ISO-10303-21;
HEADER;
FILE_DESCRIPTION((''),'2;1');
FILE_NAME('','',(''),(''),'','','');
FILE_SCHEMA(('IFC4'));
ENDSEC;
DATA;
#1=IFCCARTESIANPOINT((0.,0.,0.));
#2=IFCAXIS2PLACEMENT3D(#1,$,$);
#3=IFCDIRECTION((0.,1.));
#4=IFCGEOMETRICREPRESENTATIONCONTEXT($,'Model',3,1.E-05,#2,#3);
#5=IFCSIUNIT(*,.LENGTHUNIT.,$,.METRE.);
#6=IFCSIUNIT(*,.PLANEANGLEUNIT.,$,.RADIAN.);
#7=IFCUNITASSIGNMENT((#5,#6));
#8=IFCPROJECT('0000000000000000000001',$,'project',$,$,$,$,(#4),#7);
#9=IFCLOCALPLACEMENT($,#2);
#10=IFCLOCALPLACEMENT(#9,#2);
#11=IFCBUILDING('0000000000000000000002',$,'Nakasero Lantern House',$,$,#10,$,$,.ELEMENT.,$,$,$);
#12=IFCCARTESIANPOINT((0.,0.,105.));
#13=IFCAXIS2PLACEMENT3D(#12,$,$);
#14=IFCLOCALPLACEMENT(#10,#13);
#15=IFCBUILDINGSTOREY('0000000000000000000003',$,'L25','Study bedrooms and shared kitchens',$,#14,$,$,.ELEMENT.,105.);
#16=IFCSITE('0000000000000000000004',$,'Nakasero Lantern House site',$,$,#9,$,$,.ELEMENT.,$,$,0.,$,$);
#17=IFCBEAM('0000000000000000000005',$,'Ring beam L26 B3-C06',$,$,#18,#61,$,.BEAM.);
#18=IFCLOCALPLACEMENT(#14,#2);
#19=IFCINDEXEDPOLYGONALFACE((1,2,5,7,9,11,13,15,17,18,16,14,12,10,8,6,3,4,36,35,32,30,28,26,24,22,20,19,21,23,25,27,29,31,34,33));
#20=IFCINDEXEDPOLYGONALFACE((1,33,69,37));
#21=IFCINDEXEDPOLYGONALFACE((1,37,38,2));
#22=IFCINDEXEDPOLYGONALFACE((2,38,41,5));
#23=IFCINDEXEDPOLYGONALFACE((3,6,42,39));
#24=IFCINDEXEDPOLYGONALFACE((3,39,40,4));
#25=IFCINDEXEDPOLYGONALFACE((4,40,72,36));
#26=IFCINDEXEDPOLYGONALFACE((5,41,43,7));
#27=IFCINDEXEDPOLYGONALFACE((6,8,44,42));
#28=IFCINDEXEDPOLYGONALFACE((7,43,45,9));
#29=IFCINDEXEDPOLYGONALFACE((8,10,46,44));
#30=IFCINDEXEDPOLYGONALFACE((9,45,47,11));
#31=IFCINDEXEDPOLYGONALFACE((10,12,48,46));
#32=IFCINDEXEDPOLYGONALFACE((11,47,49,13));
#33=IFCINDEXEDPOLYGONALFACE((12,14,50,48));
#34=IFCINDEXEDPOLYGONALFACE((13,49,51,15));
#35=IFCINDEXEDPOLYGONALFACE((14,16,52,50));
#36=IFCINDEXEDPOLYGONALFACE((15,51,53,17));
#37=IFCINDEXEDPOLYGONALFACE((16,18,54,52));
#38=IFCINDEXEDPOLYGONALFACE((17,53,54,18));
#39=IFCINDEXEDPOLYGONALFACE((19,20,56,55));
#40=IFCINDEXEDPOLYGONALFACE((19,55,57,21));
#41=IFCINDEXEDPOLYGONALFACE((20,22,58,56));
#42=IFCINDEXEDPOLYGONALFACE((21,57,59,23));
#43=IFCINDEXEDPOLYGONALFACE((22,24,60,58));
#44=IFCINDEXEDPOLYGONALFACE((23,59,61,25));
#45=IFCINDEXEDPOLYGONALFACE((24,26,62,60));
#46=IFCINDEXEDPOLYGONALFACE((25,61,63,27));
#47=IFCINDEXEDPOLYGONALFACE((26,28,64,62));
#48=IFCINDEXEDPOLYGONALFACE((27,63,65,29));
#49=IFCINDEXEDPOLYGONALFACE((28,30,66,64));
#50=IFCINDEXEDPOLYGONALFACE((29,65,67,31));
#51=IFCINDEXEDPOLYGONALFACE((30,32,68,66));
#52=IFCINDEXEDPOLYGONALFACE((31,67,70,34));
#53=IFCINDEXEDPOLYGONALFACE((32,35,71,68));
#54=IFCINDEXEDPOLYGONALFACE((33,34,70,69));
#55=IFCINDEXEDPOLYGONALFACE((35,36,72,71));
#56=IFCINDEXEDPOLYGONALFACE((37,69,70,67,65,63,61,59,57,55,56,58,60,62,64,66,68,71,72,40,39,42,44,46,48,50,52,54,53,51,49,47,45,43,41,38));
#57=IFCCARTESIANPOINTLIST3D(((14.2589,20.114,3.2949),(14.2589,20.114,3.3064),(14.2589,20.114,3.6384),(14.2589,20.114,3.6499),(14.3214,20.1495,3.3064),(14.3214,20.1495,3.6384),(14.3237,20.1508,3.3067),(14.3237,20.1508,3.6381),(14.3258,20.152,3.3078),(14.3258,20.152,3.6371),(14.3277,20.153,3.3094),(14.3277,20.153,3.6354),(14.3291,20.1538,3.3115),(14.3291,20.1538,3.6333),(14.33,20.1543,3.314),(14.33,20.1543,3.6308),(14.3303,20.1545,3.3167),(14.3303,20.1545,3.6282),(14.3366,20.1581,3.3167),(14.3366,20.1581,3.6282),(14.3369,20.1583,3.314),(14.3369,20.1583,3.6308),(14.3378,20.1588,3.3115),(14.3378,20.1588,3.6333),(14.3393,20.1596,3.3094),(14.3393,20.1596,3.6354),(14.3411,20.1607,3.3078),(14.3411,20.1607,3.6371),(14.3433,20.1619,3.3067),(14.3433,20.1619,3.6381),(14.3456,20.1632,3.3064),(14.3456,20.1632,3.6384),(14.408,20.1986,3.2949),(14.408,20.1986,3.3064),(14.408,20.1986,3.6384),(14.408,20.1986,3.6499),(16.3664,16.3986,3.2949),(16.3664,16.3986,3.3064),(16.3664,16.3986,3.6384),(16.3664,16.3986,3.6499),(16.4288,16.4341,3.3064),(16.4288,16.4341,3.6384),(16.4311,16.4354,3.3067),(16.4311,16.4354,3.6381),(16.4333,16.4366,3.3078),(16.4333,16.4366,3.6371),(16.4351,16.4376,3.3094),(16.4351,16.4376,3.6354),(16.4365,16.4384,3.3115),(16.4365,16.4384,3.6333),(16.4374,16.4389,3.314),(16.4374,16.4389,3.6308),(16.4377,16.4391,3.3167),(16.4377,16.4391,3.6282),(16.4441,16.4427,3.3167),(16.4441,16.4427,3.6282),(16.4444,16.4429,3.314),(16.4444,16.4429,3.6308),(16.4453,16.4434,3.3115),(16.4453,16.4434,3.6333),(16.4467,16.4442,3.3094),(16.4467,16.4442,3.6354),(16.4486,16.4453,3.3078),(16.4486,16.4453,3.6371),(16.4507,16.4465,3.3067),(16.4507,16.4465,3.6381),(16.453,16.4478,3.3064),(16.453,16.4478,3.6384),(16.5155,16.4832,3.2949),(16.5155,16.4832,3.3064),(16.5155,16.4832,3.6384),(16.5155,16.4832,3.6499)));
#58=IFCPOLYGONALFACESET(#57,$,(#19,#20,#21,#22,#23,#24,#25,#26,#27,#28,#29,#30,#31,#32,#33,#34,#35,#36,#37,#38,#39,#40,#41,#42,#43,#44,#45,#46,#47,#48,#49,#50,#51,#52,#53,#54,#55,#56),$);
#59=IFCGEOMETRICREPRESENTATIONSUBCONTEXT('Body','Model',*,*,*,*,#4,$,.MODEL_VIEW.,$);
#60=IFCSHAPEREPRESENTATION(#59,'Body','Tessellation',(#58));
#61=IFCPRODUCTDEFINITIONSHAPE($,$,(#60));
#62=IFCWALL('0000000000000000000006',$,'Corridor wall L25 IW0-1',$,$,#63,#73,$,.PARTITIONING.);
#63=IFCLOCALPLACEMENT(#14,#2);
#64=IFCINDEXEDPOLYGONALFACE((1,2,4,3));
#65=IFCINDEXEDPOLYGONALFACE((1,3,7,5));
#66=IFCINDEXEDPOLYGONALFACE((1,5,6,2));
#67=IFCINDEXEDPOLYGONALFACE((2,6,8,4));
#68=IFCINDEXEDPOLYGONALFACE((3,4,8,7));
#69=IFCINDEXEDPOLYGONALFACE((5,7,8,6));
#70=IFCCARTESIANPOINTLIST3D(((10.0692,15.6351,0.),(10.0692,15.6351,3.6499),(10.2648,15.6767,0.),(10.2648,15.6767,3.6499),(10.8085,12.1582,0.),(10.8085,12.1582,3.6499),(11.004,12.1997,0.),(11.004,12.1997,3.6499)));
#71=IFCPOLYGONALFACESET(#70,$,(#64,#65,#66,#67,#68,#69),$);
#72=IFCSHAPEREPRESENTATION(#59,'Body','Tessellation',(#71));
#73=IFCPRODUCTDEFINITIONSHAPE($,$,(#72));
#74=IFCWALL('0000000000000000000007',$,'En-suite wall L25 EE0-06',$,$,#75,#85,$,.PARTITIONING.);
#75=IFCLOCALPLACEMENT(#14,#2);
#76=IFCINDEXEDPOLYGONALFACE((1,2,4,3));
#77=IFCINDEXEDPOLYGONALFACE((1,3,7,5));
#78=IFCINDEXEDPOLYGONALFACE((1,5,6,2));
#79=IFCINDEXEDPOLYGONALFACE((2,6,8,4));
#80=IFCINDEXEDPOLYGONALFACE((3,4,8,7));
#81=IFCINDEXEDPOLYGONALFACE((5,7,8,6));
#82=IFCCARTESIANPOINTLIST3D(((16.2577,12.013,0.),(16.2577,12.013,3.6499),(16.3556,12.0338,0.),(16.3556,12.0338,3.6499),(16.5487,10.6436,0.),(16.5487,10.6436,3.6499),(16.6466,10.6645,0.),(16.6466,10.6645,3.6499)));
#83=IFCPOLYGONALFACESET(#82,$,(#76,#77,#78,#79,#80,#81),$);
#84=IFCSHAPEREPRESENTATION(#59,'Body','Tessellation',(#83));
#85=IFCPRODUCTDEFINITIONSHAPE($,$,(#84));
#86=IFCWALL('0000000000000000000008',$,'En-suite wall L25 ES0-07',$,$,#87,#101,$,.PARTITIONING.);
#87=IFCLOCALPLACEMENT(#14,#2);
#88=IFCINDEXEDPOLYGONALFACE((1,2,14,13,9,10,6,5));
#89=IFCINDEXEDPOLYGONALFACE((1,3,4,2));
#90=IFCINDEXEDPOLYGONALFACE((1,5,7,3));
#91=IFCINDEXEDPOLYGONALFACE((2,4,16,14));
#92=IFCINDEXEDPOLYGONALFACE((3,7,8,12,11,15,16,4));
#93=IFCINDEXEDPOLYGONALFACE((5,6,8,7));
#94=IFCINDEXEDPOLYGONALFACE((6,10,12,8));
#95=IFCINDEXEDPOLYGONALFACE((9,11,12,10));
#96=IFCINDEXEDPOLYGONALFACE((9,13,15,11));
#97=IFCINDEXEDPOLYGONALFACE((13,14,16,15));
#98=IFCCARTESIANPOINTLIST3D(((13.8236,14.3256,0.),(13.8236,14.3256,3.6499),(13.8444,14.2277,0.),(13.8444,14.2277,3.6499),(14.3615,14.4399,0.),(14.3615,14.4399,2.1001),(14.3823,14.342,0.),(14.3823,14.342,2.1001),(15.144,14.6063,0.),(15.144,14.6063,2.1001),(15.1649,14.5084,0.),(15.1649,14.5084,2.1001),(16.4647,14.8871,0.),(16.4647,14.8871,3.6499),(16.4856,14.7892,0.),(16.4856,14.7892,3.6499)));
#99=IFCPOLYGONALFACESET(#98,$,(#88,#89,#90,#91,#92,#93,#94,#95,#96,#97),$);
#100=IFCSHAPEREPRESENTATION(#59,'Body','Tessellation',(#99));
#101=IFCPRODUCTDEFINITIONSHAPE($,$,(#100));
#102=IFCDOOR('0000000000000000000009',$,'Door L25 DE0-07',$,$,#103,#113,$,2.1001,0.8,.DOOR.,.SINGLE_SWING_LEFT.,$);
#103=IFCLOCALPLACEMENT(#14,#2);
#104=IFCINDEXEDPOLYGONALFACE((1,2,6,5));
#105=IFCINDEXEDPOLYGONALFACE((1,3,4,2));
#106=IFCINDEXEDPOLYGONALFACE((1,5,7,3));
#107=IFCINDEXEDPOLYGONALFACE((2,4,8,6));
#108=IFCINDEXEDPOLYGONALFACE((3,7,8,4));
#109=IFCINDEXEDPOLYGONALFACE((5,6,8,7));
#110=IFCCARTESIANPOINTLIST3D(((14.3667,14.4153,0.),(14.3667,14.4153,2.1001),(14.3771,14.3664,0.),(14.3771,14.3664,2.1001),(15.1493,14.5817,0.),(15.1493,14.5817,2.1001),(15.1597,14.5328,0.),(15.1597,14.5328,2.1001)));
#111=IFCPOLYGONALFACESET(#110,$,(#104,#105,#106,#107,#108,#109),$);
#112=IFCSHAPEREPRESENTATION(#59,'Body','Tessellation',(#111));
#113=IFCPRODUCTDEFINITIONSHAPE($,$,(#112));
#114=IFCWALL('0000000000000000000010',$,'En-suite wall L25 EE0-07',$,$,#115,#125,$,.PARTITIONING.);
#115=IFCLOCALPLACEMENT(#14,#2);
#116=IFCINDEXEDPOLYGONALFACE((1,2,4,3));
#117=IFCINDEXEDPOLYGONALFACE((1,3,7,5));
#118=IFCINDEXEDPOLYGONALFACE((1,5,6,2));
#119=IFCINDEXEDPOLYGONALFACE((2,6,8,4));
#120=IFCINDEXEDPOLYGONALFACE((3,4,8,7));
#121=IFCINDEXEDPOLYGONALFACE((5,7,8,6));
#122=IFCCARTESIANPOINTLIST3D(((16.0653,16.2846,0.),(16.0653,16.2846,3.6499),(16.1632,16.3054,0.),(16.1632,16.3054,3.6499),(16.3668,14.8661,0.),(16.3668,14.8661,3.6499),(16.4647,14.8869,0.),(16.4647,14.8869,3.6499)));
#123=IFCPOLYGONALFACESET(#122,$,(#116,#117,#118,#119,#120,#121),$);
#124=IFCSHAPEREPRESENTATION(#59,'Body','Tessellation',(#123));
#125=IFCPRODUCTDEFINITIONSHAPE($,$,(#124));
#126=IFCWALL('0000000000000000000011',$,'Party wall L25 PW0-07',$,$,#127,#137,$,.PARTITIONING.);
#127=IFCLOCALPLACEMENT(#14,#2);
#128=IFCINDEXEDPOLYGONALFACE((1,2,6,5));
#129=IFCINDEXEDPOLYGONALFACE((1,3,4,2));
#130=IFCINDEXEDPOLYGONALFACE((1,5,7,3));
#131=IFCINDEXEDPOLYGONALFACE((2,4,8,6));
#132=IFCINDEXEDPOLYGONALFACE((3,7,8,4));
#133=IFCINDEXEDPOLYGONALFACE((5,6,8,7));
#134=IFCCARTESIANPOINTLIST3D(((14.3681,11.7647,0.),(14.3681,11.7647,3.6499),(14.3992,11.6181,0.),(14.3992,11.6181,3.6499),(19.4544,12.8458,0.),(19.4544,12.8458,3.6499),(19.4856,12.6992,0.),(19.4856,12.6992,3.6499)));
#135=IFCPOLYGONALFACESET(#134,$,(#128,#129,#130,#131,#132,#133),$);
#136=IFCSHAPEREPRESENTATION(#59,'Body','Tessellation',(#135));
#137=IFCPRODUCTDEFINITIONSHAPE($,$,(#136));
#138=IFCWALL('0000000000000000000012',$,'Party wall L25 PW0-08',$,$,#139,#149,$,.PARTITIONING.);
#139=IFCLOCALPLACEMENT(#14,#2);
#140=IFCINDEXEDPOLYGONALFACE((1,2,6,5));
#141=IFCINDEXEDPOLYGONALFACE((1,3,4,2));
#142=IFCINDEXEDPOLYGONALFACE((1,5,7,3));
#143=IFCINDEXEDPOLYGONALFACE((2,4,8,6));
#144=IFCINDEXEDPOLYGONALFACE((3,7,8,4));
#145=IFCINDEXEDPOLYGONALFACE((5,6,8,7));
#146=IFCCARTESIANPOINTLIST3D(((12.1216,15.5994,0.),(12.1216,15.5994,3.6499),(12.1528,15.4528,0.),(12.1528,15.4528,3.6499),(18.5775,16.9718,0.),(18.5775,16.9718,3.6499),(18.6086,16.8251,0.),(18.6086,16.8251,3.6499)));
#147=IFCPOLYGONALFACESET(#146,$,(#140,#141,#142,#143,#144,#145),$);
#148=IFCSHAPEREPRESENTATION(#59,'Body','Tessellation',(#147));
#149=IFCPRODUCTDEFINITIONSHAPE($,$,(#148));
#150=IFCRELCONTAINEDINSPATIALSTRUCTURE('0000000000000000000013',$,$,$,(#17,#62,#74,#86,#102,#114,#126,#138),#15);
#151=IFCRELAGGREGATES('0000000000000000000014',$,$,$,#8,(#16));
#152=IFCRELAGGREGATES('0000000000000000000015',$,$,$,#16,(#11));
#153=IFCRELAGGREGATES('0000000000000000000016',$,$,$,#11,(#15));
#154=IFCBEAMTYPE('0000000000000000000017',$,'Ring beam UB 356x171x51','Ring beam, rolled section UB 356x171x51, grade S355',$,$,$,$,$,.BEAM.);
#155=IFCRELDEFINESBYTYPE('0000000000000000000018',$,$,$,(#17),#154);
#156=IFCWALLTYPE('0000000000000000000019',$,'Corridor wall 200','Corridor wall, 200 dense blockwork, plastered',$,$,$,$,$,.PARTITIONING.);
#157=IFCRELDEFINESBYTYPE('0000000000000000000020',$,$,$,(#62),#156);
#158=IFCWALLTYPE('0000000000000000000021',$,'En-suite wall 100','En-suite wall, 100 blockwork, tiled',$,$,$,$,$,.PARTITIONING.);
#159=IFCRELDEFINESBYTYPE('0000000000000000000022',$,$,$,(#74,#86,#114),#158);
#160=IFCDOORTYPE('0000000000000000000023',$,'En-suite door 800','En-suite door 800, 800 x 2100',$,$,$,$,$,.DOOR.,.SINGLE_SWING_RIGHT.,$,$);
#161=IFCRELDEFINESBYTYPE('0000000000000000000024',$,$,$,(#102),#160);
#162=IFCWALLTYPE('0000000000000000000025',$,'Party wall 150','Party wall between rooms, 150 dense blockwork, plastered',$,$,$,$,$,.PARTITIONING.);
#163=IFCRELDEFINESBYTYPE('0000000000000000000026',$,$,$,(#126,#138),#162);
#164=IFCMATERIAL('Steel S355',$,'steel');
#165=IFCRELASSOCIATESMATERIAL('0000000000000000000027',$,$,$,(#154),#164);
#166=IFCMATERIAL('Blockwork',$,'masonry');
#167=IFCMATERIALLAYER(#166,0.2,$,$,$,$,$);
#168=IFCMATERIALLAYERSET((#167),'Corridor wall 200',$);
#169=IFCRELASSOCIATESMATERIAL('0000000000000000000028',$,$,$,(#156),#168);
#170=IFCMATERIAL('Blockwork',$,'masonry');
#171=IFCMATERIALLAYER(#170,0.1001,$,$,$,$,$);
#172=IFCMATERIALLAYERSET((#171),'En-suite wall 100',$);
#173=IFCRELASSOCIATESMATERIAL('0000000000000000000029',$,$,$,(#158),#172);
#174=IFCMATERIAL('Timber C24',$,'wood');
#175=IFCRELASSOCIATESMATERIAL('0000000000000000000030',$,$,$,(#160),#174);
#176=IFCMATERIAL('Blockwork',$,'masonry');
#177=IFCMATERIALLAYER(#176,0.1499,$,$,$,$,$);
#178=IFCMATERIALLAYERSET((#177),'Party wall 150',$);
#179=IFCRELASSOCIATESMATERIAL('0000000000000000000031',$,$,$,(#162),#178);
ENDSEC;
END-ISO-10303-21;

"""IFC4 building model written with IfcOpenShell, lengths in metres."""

from ifc_helpers import new_model, si_unit, direction, frame, frame_2d, origin, origin_2d, place, context, subcontext, project, spatial, rectangle, i_section, extrude, material, layer, layer_set, material_profile, profile_set, type_object, element, fill, save


model = new_model("IFC4")

# Units and contexts
model_context = context("Model", 3, precision=1e-05, world=origin(), true_north=direction((0.0, 1.0)))
body_context = subcontext(model_context, "Body", "Model", "MODEL_VIEW")
ifc_project = project(units=[si_unit("LENGTHUNIT", "METRE"), si_unit("PLANEANGLEUNIT", "RADIAN")], contexts=[model_context])

# Site, building, storey
site_placement = place(None, origin())
site = spatial("IfcSite", under=ifc_project, at=site_placement, Name="Nakasero Lantern House site", CompositionType="ELEMENT", RefElevation=0.0)
building_placement = place(site_placement, origin())
building = spatial("IfcBuilding", under=site, at=building_placement, Name="Nakasero Lantern House", CompositionType="ELEMENT")
storey_placement = place(building_placement, frame((0.0, 0.0, 105.0)))
storey = spatial("IfcBuildingStorey", under=building, at=storey_placement, Name="L25", Description="Study bedrooms and shared kitchens", CompositionType="ELEMENT", Elevation=105.0)

# Beam
ifc_material_1 = material(Name="Steel S355", Category="steel")
ifc_material_profile_1 = material_profile(ifc_material_1, i_section(OverallWidth=0.1714, OverallDepth=0.355, WebThickness=0.0073, FlangeThickness=0.0115, FilletRadius=0.0103, at=origin_2d()), Name="UB 356x171x51")
ifc_profile_set_1 = profile_set([ifc_material_profile_1], Name="Steel S355")
beam_type_1 = type_object("IfcBeamType", Name="Ring beam UB 356x171x51", Description="Ring beam, rolled section UB 356x171x51, grade S355", PredefinedType="BEAM", material=ifc_profile_set_1)
beam_1_placement = place(storey_placement, frame((16.4409, 16.4409, 3.4724), z_axis=(-0.493379, 0.869815, 0.0), x_axis=(-0.869815, -0.493379, 0.0)))
element("IfcBeam", 1, at=beam_1_placement, inside=storey, type_object=beam_type_1, Name="Ring beam L26 B3-C06", PredefinedType="BEAM", context=body_context, shape_type="SweptSolid", body=[
    extrude(i_section(OverallWidth=0.1714, OverallDepth=0.355, WebThickness=0.0073, FlangeThickness=0.0115, FilletRadius=0.0103, at=origin_2d()), origin(), (0.0, 0.0, 1.0), 4.2715),
])

# Walls
ifc_material_2 = material(Name="Blockwork", Category="masonry")
ifc_layer_1 = layer(ifc_material_2, 0.2)
ifc_layer_set_1 = layer_set([ifc_layer_1], Name="Corridor wall 200")
wall_type_1 = type_object("IfcWallType", Name="Corridor wall 200", Description="Corridor wall, 200 dense blockwork, plastered", PredefinedType="PARTITIONING", material=ifc_layer_set_1)
wall_1_placement = place(storey_placement, frame((10.9062, 12.179, 0.0), z_axis=(0.0, 0.0, 1.0), x_axis=(-0.207962, 0.978137, 0.0)))
element("IfcWall", 2, at=wall_1_placement, inside=storey, type_object=wall_type_1, Name="Corridor wall L25 IW0-1", PredefinedType="PARTITIONING", context=body_context, shape_type="SweptSolid", body=[
    extrude(rectangle(XDim=3.5547, YDim=0.2, at=frame_2d((1.7773, 0.0))), origin(), (0.0, 0.0, 1.0), 3.6499),
])
ifc_material_3 = material(Name="Blockwork", Category="masonry")
ifc_layer_2 = layer(ifc_material_3, 0.1001)
ifc_layer_set_2 = layer_set([ifc_layer_2], Name="En-suite wall 100")
wall_type_2 = type_object("IfcWallType", Name="En-suite wall 100", Description="En-suite wall, 100 blockwork, tiled", PredefinedType="PARTITIONING", material=ifc_layer_set_2)
wall_2_placement = place(storey_placement, frame((16.5977, 10.6541, 0.0), z_axis=(0.0, 0.0, 1.0), x_axis=(-0.207873, 0.978156, 0.0)))
element("IfcWall", 3, at=wall_2_placement, inside=storey, type_object=wall_type_2, Name="En-suite wall L25 EE0-06", PredefinedType="PARTITIONING", context=body_context, shape_type="SweptSolid", body=[
    extrude(rectangle(XDim=1.3999, YDim=0.1001, at=frame_2d((0.7, 0.0))), origin(), (0.0, 0.0, 1.0), 3.6499),
])

# Wall, opening, door
wall_3_placement = place(storey_placement, frame((13.834, 14.2766, 0.0), z_axis=(0.0, 0.0, 1.0), x_axis=(0.978137, 0.20796, 0.0)))
wall_3 = element("IfcWall", 4, at=wall_3_placement, inside=storey, type_object=wall_type_2, Name="En-suite wall L25 ES0-07", PredefinedType="PARTITIONING", context=body_context, shape_type="SweptSolid", body=[
    extrude(rectangle(XDim=2.7002, YDim=0.1001, at=frame_2d((1.3501, 0.0))), origin(), (0.0, 0.0, 1.0), 3.6499),
])
opening_placement = place(wall_3_placement, frame((0.55, 0.0, 0.0)))
opening = element("IfcOpeningElement", 5, at=opening_placement, cuts=wall_3, PredefinedType="OPENING", context=body_context, shape_type="SweptSolid", body=[
    extrude(rectangle(XDim=0.8, YDim=2.1001, at=frame_2d((0.3999, 1.05))), frame((0.0, 0.0701, 0.0), z_axis=(0.0, -1.0, 0.0), x_axis=(1.0, 0.0, 0.0)), (0.0, 0.0, 1.0), 0.1401),
])
ifc_material_4 = material(Name="Timber C24", Category="wood")
door_type = type_object("IfcDoorType", Name="En-suite door 800", Description="En-suite door 800, 800 x 2100", OperationType="SINGLE_SWING_RIGHT", PredefinedType="DOOR", material=ifc_material_4)
door_placement = place(opening_placement, origin())
door = element("IfcDoor", 6, at=door_placement, inside=storey, type_object=door_type, Name="Door L25 DE0-07", OperationType="SINGLE_SWING_LEFT", OverallHeight=2.1001, OverallWidth=0.8, PredefinedType="DOOR", context=body_context, shape_type="SweptSolid", body=[
    extrude(rectangle(XDim=0.8, YDim=2.1001, at=frame_2d((0.3999, 1.05))), frame((0.0, 0.0249, 0.0), z_axis=(0.0, -1.0, 0.0), x_axis=(1.0, 0.0, 0.0)), (0.0, 0.0, 1.0), 0.05),
])
fill(opening, door)

# Walls
wall_4_placement = place(storey_placement, frame((16.4158, 14.8765, 0.0), z_axis=(0.0, 0.0, 1.0), x_axis=(-0.207919, 0.978146, 0.0)))
element("IfcWall", 7, at=wall_4_placement, inside=storey, type_object=wall_type_2, Name="En-suite wall L25 EE0-07", PredefinedType="PARTITIONING", context=body_context, shape_type="SweptSolid", body=[
    extrude(rectangle(XDim=1.4502, YDim=0.1001, at=frame_2d((0.7251, 0.0))), origin(), (0.0, 0.0, 1.0), 3.6499),
])
ifc_material_5 = material(Name="Blockwork", Category="masonry")
ifc_layer_3 = layer(ifc_material_5, 0.1499)
ifc_layer_set_3 = layer_set([ifc_layer_3], Name="Party wall 150")
wall_type_3 = type_object("IfcWallType", Name="Party wall 150", Description="Party wall between rooms, 150 dense blockwork, plastered", PredefinedType="PARTITIONING", material=ifc_layer_set_3)
wall_5_placement = place(storey_placement, frame((14.3835, 11.6914, 0.0), z_axis=(0.0, 0.0, 1.0), x_axis=(0.978151, 0.207894, 0.0)))
element("IfcWall", 8, at=wall_5_placement, inside=storey, type_object=wall_type_3, Name="Party wall L25 PW0-07", PredefinedType="PARTITIONING", context=body_context, shape_type="SweptSolid", body=[
    extrude(rectangle(XDim=5.2, YDim=0.1499, at=frame_2d((2.6001, 0.0))), origin(), (0.0, 0.0, 1.0), 3.6499),
])
wall_6_placement = place(storey_placement, frame((12.1372, 15.5261, 0.0), z_axis=(0.0, 0.0, 1.0), x_axis=(0.978145, 0.207925, 0.0)))
element("IfcWall", 9, at=wall_6_placement, inside=storey, type_object=wall_type_3, Name="Party wall L25 PW0-08", PredefinedType="PARTITIONING", context=body_context, shape_type="SweptSolid", body=[
    extrude(rectangle(XDim=6.6001, YDim=0.1499, at=frame_2d((3.3, 0.0))), origin(), (0.0, 0.0, 1.0), 3.6499),
])

save(model, "model.ifc")
